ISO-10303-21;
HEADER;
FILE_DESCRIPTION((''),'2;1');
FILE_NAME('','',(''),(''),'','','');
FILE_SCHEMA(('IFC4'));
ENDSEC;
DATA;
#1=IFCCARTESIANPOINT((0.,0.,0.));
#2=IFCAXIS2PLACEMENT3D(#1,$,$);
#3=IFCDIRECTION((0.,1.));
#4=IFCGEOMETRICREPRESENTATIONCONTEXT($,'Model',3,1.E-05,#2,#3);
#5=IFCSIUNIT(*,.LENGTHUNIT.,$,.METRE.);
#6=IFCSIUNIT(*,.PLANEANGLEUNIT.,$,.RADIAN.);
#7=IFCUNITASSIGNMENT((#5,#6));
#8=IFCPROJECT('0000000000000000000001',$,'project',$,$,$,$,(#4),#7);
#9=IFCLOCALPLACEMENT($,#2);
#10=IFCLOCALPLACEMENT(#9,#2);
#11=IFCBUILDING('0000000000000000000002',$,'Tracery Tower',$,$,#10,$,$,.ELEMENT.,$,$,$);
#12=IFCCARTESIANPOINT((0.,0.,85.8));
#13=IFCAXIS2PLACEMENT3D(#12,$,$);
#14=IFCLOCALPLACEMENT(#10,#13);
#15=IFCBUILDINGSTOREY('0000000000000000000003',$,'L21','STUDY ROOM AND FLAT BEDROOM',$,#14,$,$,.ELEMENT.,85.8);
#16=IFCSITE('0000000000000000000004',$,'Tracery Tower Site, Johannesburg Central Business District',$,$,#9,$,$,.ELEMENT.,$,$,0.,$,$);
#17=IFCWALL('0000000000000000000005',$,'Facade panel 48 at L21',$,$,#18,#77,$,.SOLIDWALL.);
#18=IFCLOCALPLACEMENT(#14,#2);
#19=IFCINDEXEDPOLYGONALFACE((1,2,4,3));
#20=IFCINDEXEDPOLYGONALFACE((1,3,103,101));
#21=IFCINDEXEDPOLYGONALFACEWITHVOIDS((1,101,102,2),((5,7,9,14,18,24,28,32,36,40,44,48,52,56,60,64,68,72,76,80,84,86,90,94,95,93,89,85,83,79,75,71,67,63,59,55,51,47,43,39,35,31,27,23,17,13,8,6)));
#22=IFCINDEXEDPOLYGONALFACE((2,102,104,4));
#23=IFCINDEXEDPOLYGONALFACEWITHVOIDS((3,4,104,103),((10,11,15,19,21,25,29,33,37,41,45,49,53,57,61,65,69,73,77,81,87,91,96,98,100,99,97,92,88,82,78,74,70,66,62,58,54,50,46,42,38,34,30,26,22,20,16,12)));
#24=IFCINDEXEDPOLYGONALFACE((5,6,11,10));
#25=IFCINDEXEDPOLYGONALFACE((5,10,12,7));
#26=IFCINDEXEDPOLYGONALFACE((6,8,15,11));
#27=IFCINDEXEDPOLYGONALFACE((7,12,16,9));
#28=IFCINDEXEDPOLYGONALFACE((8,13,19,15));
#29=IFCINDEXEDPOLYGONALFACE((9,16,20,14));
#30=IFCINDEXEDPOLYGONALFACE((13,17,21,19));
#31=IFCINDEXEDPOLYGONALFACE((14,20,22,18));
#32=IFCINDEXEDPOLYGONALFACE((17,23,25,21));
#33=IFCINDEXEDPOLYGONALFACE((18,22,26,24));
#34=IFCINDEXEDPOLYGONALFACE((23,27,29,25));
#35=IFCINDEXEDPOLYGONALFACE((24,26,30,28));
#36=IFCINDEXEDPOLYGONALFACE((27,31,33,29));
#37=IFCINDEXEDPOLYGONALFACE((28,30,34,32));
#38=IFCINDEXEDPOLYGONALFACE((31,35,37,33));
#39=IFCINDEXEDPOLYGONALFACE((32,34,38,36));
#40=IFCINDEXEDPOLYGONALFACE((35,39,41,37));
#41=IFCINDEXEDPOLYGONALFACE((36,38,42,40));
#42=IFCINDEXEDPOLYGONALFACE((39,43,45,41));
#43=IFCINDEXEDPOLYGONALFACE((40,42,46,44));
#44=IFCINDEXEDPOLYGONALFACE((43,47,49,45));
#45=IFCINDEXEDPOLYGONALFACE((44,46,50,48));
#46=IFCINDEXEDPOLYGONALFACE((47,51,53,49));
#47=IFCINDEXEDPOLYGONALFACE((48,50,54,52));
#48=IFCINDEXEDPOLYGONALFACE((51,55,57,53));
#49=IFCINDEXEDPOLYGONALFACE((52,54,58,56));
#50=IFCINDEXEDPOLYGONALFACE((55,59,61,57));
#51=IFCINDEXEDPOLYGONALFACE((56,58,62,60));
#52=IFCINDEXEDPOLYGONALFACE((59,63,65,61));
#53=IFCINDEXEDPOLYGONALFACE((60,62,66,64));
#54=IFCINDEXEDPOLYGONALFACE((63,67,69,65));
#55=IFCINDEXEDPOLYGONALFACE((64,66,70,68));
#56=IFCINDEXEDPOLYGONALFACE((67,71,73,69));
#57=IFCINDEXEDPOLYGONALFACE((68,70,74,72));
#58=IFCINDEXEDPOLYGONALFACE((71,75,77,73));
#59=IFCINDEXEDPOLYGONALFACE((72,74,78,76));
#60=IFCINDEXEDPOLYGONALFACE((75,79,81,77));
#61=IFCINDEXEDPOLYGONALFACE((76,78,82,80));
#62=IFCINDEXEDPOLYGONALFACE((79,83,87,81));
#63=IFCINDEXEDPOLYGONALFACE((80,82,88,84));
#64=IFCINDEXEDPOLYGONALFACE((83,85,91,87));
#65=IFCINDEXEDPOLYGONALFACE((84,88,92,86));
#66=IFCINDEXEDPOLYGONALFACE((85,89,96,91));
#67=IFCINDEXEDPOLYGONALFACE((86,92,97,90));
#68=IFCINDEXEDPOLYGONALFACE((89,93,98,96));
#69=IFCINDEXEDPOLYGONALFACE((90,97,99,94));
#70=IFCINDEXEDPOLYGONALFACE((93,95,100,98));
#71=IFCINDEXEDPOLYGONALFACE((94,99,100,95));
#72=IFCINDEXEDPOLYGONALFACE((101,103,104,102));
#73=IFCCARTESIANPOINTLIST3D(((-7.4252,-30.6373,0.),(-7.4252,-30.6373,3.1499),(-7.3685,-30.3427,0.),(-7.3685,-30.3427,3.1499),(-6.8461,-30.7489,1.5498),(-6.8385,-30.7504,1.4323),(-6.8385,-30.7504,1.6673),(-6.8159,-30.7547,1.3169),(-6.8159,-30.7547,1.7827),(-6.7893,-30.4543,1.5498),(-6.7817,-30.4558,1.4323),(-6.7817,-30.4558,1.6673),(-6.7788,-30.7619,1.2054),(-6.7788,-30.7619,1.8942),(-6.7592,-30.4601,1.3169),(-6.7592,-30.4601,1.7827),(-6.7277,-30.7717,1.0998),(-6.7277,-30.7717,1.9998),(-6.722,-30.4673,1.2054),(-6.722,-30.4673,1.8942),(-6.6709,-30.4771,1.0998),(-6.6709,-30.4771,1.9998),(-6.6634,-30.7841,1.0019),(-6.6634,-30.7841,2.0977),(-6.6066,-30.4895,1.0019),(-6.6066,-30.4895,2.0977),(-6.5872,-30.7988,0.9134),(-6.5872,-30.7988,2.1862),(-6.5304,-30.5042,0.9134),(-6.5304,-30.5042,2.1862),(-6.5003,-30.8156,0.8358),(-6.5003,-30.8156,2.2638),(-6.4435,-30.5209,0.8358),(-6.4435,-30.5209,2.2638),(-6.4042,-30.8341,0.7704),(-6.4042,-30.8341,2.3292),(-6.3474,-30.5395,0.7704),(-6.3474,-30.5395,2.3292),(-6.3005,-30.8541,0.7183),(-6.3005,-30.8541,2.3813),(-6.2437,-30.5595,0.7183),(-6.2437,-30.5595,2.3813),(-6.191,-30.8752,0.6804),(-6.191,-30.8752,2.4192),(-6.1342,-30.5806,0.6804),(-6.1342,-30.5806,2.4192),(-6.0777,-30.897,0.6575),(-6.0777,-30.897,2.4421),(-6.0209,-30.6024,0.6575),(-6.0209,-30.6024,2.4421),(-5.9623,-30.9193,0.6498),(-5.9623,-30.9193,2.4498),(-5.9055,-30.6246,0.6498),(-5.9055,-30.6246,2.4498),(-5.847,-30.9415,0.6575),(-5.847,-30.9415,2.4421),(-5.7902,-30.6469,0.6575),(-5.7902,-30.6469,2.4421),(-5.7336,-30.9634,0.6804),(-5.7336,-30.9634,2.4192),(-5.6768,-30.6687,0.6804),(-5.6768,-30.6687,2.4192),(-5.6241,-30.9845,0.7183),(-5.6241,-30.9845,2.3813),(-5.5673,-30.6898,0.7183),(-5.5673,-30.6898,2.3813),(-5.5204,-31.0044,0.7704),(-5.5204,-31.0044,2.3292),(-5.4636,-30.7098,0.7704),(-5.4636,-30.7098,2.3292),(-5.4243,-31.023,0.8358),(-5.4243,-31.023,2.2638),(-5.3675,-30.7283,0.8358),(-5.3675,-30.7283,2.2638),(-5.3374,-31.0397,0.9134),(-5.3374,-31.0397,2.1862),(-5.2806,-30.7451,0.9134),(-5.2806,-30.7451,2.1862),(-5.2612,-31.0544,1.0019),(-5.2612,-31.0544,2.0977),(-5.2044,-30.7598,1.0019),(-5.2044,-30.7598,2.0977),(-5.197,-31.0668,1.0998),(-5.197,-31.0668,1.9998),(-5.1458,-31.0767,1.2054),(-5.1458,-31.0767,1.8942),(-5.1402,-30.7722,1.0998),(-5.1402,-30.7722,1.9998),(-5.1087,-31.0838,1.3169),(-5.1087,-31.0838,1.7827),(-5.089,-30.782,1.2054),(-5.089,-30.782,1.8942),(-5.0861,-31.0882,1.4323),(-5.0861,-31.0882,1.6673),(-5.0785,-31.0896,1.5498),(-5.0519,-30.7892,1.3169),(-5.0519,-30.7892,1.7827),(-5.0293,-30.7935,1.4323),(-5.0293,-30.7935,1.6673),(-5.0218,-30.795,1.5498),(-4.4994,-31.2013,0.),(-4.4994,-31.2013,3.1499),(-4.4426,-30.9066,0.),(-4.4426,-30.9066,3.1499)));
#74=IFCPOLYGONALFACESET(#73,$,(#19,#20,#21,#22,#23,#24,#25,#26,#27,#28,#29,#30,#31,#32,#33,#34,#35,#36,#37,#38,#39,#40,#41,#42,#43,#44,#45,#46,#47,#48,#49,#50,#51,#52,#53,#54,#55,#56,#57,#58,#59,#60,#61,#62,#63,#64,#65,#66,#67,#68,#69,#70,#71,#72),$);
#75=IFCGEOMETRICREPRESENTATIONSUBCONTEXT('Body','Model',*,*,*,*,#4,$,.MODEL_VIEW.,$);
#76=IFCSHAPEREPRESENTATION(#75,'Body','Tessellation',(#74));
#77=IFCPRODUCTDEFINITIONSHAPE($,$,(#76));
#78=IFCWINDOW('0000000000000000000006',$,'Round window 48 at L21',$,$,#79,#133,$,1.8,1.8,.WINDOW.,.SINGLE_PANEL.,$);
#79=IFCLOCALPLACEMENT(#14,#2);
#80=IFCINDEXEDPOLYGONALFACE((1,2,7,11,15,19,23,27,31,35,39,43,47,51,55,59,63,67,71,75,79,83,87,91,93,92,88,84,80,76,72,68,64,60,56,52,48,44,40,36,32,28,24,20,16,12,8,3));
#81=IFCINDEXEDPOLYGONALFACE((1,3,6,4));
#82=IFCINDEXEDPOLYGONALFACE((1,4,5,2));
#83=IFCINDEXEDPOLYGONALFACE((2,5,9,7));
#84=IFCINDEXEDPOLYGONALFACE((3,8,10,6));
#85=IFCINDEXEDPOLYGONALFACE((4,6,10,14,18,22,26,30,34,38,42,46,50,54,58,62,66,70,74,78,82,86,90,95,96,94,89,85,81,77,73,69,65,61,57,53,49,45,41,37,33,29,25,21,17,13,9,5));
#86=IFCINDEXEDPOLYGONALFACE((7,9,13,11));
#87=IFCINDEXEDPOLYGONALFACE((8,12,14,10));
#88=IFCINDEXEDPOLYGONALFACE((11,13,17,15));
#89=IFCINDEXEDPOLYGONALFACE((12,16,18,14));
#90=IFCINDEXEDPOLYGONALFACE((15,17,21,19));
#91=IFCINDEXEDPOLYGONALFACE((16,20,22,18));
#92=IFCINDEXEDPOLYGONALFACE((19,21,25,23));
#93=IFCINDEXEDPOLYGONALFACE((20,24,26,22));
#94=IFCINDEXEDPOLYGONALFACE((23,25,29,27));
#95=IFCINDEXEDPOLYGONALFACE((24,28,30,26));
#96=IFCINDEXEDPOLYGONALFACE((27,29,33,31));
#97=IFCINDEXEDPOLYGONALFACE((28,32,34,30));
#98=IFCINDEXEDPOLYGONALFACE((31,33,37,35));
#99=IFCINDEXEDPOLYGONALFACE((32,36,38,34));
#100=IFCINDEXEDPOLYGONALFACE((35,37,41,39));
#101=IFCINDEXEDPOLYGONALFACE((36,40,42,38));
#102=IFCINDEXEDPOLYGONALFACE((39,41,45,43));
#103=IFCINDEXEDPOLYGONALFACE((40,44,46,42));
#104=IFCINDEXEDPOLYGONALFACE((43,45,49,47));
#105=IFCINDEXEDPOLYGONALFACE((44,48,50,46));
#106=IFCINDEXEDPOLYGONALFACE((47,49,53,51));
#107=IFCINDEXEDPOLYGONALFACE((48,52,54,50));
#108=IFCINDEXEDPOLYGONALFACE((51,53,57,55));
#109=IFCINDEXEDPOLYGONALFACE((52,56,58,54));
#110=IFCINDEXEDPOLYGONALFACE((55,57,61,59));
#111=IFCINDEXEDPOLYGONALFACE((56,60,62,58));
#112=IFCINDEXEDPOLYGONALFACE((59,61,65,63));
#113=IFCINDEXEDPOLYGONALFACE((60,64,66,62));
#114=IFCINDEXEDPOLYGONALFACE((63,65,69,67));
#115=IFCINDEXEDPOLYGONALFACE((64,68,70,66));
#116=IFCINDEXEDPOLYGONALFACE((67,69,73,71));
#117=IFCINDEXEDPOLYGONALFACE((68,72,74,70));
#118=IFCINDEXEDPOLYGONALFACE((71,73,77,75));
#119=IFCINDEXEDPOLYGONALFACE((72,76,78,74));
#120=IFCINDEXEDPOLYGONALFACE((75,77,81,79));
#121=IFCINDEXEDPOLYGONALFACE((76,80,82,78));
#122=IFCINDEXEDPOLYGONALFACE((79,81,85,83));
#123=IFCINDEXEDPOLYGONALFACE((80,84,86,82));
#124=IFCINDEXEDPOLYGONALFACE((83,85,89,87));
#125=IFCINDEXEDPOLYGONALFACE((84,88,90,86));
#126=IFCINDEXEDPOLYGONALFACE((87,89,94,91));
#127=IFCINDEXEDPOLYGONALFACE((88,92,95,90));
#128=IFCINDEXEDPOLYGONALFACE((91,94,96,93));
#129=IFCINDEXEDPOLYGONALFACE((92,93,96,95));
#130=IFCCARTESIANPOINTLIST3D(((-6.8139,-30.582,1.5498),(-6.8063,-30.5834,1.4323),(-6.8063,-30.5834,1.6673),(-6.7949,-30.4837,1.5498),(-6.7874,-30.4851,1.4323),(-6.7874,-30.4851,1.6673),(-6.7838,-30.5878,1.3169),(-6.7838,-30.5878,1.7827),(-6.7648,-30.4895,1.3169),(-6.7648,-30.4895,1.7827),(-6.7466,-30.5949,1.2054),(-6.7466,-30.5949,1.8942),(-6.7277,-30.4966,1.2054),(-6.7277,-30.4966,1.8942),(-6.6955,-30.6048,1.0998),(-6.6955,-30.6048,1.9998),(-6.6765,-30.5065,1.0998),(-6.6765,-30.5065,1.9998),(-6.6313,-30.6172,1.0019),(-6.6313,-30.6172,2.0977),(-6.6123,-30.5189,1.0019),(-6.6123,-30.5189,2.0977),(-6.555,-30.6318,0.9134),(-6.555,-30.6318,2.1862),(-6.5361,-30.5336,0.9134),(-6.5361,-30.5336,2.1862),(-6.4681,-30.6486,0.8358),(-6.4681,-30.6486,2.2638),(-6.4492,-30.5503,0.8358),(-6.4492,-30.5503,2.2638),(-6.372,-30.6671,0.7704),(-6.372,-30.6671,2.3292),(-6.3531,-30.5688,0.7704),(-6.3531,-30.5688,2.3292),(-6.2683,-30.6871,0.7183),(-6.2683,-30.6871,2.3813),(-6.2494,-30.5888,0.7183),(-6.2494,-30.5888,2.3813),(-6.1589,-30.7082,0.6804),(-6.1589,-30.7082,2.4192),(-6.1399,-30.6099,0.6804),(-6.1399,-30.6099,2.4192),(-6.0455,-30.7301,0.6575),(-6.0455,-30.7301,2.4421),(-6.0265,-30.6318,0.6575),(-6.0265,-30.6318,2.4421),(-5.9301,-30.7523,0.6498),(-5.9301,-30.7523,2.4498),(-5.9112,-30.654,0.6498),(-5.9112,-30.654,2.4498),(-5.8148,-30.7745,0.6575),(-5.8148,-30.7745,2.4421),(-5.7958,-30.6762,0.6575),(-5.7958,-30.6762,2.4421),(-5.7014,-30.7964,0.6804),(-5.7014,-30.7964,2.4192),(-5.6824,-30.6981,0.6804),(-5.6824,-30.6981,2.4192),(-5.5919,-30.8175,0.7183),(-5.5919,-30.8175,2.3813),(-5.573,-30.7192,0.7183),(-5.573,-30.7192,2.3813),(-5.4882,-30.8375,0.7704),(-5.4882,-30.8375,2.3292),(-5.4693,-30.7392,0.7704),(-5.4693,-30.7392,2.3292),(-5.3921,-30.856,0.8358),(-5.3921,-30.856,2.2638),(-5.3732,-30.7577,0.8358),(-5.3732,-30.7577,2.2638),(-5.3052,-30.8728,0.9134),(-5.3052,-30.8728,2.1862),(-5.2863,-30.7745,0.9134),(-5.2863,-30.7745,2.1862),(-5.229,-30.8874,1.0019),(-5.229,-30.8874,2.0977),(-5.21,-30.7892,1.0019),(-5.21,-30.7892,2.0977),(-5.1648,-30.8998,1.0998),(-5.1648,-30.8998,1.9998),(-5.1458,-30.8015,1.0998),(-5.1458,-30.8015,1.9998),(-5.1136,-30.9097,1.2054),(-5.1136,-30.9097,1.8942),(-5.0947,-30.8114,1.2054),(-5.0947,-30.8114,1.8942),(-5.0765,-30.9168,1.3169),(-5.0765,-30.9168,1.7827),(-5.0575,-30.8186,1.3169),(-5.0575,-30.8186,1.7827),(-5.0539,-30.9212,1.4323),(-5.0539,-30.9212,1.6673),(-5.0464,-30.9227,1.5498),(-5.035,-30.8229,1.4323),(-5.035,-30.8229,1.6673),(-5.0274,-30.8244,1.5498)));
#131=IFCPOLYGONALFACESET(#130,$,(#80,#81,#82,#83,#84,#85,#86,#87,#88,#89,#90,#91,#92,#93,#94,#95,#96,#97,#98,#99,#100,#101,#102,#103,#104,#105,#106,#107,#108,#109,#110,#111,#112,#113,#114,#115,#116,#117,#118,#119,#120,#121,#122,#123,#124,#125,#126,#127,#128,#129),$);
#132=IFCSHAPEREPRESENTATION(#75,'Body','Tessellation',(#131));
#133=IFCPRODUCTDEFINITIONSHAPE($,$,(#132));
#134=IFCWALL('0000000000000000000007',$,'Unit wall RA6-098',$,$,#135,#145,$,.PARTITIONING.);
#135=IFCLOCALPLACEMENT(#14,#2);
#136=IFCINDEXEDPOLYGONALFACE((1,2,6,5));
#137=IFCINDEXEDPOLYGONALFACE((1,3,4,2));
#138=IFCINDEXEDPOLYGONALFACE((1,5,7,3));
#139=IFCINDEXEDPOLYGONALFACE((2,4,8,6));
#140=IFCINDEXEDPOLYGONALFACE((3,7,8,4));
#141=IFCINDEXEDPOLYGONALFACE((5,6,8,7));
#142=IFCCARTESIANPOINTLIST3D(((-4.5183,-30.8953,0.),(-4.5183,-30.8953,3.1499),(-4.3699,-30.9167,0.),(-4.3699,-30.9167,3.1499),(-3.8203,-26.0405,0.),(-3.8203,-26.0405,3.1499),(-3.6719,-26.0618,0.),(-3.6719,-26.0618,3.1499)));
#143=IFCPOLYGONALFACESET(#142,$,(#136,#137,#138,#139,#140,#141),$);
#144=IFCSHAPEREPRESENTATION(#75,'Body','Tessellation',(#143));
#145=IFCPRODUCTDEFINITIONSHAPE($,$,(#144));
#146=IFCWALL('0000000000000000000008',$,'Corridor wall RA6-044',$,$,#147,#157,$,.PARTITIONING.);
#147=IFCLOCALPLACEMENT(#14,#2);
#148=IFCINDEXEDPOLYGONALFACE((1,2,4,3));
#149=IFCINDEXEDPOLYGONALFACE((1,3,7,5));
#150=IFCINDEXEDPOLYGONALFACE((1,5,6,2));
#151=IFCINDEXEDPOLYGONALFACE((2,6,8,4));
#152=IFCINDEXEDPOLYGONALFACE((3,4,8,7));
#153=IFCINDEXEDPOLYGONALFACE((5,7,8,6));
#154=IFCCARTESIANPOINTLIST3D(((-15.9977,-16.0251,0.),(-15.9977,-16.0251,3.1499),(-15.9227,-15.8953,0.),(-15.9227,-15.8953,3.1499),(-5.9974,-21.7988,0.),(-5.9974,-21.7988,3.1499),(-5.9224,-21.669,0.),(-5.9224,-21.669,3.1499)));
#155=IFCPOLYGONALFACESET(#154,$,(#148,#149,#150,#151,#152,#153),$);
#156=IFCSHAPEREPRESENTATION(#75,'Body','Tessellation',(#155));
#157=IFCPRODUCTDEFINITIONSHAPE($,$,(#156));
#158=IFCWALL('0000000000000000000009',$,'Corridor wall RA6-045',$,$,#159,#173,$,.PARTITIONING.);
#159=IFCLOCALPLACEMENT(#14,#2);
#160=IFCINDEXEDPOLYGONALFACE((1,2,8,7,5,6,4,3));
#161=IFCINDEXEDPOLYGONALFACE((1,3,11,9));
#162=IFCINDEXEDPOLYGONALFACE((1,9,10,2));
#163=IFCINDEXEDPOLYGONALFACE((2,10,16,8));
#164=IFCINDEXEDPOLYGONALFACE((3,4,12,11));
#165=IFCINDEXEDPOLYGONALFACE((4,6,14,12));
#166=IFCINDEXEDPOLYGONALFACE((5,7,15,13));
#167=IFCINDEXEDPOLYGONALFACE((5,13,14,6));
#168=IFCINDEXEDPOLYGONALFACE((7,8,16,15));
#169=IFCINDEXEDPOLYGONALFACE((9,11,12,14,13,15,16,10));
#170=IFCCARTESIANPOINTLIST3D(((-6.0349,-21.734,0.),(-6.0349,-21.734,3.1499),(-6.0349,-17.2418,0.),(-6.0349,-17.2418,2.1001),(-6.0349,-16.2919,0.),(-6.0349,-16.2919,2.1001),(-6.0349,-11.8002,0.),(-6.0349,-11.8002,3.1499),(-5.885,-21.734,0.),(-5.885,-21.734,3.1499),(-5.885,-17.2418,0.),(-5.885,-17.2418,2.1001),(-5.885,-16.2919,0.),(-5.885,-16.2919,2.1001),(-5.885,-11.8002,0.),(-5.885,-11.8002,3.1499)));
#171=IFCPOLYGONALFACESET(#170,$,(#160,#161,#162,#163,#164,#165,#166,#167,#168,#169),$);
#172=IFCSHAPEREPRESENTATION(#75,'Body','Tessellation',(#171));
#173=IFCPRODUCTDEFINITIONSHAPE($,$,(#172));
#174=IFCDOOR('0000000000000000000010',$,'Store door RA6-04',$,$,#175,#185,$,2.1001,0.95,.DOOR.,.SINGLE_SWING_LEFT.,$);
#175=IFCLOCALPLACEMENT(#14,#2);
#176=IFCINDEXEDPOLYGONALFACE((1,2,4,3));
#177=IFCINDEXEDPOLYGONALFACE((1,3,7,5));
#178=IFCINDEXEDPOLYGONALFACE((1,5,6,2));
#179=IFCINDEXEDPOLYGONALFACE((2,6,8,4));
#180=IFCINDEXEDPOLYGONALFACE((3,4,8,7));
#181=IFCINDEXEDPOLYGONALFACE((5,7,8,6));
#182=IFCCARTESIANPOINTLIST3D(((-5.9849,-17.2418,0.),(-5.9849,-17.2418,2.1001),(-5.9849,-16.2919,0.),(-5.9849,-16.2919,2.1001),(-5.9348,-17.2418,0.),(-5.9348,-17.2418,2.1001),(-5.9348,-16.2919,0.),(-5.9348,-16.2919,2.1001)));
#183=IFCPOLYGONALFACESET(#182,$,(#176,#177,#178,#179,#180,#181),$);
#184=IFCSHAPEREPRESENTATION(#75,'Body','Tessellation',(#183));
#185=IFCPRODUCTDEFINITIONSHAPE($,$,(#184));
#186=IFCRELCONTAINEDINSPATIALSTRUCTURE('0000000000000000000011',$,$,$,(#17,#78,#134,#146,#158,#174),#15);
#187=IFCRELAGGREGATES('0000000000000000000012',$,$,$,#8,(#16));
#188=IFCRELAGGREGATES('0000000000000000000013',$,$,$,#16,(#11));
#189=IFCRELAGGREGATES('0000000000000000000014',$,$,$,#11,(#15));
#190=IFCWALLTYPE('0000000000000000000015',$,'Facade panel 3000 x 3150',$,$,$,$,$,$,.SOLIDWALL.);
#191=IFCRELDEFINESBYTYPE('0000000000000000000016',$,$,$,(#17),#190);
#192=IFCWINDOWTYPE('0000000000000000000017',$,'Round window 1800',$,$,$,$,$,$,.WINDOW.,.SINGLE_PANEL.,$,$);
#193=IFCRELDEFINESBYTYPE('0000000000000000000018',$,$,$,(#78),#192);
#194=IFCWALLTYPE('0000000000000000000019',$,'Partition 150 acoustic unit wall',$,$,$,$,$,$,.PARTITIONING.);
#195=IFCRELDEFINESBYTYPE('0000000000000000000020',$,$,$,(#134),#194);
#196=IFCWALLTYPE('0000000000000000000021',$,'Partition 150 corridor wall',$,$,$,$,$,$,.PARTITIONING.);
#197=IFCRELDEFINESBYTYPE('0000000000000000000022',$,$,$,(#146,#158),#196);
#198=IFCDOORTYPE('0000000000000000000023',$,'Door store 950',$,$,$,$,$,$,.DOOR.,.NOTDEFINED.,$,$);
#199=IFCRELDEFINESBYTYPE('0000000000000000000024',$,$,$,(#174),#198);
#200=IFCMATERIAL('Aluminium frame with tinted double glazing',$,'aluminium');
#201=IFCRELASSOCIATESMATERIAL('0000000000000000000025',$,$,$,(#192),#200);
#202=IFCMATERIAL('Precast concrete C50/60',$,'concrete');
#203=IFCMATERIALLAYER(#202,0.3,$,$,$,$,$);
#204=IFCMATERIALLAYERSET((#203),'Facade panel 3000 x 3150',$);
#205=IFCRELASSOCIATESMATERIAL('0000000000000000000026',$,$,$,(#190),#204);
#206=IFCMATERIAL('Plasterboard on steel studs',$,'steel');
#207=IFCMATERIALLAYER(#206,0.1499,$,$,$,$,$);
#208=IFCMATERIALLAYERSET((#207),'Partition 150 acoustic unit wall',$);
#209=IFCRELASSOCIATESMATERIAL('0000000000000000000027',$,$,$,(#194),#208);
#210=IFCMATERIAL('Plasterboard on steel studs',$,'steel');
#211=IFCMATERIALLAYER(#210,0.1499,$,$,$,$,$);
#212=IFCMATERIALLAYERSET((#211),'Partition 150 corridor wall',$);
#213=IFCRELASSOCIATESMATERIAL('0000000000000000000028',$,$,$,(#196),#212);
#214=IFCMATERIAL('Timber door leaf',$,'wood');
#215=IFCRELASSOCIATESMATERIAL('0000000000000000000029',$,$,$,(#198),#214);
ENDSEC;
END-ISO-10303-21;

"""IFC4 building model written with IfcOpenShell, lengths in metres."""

from ifc_helpers import new_model, si_unit, direction, frame, frame_2d, origin, origin_2d, place, context, subcontext, project, spatial, rectangle, circle, extrude, material, layer, layer_set, type_object, element, fill, save


model = new_model("IFC4")

# Units and contexts
model_context = context("Model", 3, precision=1e-05, world=origin(), true_north=direction((0.0, 1.0)))
body_context = subcontext(model_context, "Body", "Model", "MODEL_VIEW")
ifc_project = project(units=[si_unit("LENGTHUNIT", "METRE"), si_unit("PLANEANGLEUNIT", "RADIAN")], contexts=[model_context])

# Site, building, storey
site_placement = place(None, origin())
site = spatial("IfcSite", under=ifc_project, at=site_placement, Name="Tracery Tower Site, Johannesburg Central Business District", CompositionType="ELEMENT", RefElevation=0.0)
building_placement = place(site_placement, origin())
building = spatial("IfcBuilding", under=site, at=building_placement, Name="Tracery Tower", CompositionType="ELEMENT")
storey_placement = place(building_placement, frame((0.0, 0.0, 85.8)))
storey = spatial("IfcBuildingStorey", under=building, at=storey_placement, Name="L21", Description="STUDY ROOM AND FLAT BEDROOM", CompositionType="ELEMENT", Elevation=85.8)

# Wall, opening, window
ifc_material_1 = material(Name="Aluminium frame with tinted double glazing", Category="aluminium")
window_type = type_object("IfcWindowType", Name="Round window 1800", PartitioningType="SINGLE_PANEL", PredefinedType="WINDOW", material=ifc_material_1)
ifc_material_2 = material(Name="Precast concrete C50/60", Category="concrete")
ifc_layer_1 = layer(ifc_material_2, 0.3)
ifc_layer_set_1 = layer_set([ifc_layer_1], Name="Facade panel 3000 x 3150")
wall_type_1 = type_object("IfcWallType", Name="Facade panel 3000 x 3150", PredefinedType="SOLIDWALL", material=ifc_layer_set_1)
wall_1_placement = place(storey_placement, frame((-7.3967, -30.49, 0.0), z_axis=(0.0, 0.0, 1.0), x_axis=(0.981925, -0.189273, 0.0)))
wall_1 = element("IfcWall", 1, at=wall_1_placement, inside=storey, type_object=wall_type_1, Name="Facade panel 48 at L21", PredefinedType="SOLIDWALL", context=body_context, shape_type="SweptSolid", body=[
    extrude(rectangle(XDim=2.9797, YDim=0.3, at=frame_2d((1.4897, 0.0))), origin(), (0.0, 0.0, 1.0), 3.1499),
])
opening_1_placement = place(wall_1_placement, frame((1.4897, 0.0, 1.5498)))
opening_1 = element("IfcOpeningElement", 2, at=opening_1_placement, cuts=wall_1, PredefinedType="OPENING", context=body_context, shape_type="SweptSolid", body=[
    extrude(circle(Radius=0.9, at=origin_2d()), frame((0.0, 0.1599, 0.0), z_axis=(0.0, -1.0, 0.0), x_axis=(1.0, 0.0, 0.0)), (0.0, 0.0, 1.0), 0.3201),
])
window_1_placement = place(opening_1_placement, origin())
window_1 = element("IfcWindow", 3, at=window_1_placement, inside=storey, type_object=window_type, Name="Round window 48 at L21", OverallHeight=1.8, OverallWidth=1.8, PartitioningType="SINGLE_PANEL", PredefinedType="WINDOW", context=body_context, shape_type="SweptSolid", body=[
    extrude(circle(Radius=0.9, at=origin_2d()), frame((0.0, 0.1201, 0.0), z_axis=(0.0, -1.0, 0.0), x_axis=(1.0, 0.0, 0.0)), (0.0, 0.0, 1.0), 0.1001),
])
fill(opening_1, window_1)

# Walls
ifc_material_3 = material(Name="Plasterboard on steel studs", Category="steel")
ifc_layer_2 = layer(ifc_material_3, 0.1499)
ifc_layer_set_2 = layer_set([ifc_layer_2], Name="Partition 150 acoustic unit wall")
wall_type_2 = type_object("IfcWallType", Name="Partition 150 acoustic unit wall", PredefinedType="PARTITIONING", material=ifc_layer_set_2)
wall_2_placement = place(storey_placement, frame((-4.4441, -30.906, 0.0), z_axis=(0.0, 0.0, 1.0), x_axis=(0.142306, 0.989823, 0.0)))
element("IfcWall", 4, at=wall_2_placement, inside=storey, type_object=wall_type_2, Name="Unit wall RA6-098", PredefinedType="PARTITIONING", context=body_context, shape_type="SweptSolid", body=[
    extrude(rectangle(XDim=4.9048, YDim=0.1499, at=frame_2d((2.4524, 0.0))), origin(), (0.0, 0.0, 1.0), 3.1499),
])
ifc_material_4 = material(Name="Plasterboard on steel studs", Category="steel")
ifc_layer_3 = layer(ifc_material_4, 0.1499)
ifc_layer_set_3 = layer_set([ifc_layer_3], Name="Partition 150 corridor wall")
wall_type_3 = type_object("IfcWallType", Name="Partition 150 corridor wall", PredefinedType="PARTITIONING", material=ifc_layer_set_3)
wall_3_placement = place(storey_placement, frame((-15.9602, -15.9602, 0.0), z_axis=(0.0, 0.0, 1.0), x_axis=(0.866024, -0.500002, 0.0)))
element("IfcWall", 5, at=wall_3_placement, inside=storey, type_object=wall_type_3, Name="Corridor wall RA6-044", PredefinedType="PARTITIONING", context=body_context, shape_type="SweptSolid", body=[
    extrude(rectangle(XDim=11.5474, YDim=0.1499, at=frame_2d((5.7737, 0.0))), origin(), (0.0, 0.0, 1.0), 3.1499),
])

# Wall, opening, door
wall_4_placement = place(storey_placement, frame((-5.96, -21.7339, 0.0), z_axis=(0.0, 0.0, 1.0), x_axis=(0.0, 1.0, 0.0)))
wall_4 = element("IfcWall", 6, at=wall_4_placement, inside=storey, type_object=wall_type_3, Name="Corridor wall RA6-045", PredefinedType="PARTITIONING", context=body_context, shape_type="SweptSolid", body=[
    extrude(rectangle(XDim=9.9338, YDim=0.1499, at=frame_2d((4.9668, 0.0))), origin(), (0.0, 0.0, 1.0), 3.1499),
])
opening_2_placement = place(wall_4_placement, frame((4.4919, 0.0, 0.0)))
opening_2 = element("IfcOpeningElement", 7, at=opening_2_placement, cuts=wall_4, PredefinedType="OPENING", context=body_context, shape_type="SweptSolid", body=[
    extrude(rectangle(XDim=0.95, YDim=2.1001, at=frame_2d((0.4751, 1.05))), frame((0.0, 0.075, 0.0), z_axis=(0.0, -1.0, 0.0), x_axis=(1.0, 0.0, 0.0)), (0.0, 0.0, 1.0), 0.1499),
])
ifc_material_5 = material(Name="Timber door leaf", Category="wood")
door_type_1 = type_object("IfcDoorType", Name="Door store 950", OperationType="NOTDEFINED", PredefinedType="DOOR", material=ifc_material_5)
door_1_placement = place(opening_2_placement, origin())
door_1 = element("IfcDoor", 8, at=door_1_placement, inside=storey, type_object=door_type_1, Name="Store door RA6-04", OperationType="SINGLE_SWING_LEFT", OverallHeight=2.1001, OverallWidth=0.95, PredefinedType="DOOR", context=body_context, shape_type="SweptSolid", body=[
    extrude(rectangle(XDim=0.95, YDim=2.1001, at=frame_2d((0.4751, 1.05))), frame((0.0, 0.0249, 0.0), z_axis=(0.0, -1.0, 0.0), x_axis=(1.0, 0.0, 0.0)), (0.0, 0.0, 1.0), 0.05),
])
fill(opening_2, door_1)

save(model, "model.ifc")
